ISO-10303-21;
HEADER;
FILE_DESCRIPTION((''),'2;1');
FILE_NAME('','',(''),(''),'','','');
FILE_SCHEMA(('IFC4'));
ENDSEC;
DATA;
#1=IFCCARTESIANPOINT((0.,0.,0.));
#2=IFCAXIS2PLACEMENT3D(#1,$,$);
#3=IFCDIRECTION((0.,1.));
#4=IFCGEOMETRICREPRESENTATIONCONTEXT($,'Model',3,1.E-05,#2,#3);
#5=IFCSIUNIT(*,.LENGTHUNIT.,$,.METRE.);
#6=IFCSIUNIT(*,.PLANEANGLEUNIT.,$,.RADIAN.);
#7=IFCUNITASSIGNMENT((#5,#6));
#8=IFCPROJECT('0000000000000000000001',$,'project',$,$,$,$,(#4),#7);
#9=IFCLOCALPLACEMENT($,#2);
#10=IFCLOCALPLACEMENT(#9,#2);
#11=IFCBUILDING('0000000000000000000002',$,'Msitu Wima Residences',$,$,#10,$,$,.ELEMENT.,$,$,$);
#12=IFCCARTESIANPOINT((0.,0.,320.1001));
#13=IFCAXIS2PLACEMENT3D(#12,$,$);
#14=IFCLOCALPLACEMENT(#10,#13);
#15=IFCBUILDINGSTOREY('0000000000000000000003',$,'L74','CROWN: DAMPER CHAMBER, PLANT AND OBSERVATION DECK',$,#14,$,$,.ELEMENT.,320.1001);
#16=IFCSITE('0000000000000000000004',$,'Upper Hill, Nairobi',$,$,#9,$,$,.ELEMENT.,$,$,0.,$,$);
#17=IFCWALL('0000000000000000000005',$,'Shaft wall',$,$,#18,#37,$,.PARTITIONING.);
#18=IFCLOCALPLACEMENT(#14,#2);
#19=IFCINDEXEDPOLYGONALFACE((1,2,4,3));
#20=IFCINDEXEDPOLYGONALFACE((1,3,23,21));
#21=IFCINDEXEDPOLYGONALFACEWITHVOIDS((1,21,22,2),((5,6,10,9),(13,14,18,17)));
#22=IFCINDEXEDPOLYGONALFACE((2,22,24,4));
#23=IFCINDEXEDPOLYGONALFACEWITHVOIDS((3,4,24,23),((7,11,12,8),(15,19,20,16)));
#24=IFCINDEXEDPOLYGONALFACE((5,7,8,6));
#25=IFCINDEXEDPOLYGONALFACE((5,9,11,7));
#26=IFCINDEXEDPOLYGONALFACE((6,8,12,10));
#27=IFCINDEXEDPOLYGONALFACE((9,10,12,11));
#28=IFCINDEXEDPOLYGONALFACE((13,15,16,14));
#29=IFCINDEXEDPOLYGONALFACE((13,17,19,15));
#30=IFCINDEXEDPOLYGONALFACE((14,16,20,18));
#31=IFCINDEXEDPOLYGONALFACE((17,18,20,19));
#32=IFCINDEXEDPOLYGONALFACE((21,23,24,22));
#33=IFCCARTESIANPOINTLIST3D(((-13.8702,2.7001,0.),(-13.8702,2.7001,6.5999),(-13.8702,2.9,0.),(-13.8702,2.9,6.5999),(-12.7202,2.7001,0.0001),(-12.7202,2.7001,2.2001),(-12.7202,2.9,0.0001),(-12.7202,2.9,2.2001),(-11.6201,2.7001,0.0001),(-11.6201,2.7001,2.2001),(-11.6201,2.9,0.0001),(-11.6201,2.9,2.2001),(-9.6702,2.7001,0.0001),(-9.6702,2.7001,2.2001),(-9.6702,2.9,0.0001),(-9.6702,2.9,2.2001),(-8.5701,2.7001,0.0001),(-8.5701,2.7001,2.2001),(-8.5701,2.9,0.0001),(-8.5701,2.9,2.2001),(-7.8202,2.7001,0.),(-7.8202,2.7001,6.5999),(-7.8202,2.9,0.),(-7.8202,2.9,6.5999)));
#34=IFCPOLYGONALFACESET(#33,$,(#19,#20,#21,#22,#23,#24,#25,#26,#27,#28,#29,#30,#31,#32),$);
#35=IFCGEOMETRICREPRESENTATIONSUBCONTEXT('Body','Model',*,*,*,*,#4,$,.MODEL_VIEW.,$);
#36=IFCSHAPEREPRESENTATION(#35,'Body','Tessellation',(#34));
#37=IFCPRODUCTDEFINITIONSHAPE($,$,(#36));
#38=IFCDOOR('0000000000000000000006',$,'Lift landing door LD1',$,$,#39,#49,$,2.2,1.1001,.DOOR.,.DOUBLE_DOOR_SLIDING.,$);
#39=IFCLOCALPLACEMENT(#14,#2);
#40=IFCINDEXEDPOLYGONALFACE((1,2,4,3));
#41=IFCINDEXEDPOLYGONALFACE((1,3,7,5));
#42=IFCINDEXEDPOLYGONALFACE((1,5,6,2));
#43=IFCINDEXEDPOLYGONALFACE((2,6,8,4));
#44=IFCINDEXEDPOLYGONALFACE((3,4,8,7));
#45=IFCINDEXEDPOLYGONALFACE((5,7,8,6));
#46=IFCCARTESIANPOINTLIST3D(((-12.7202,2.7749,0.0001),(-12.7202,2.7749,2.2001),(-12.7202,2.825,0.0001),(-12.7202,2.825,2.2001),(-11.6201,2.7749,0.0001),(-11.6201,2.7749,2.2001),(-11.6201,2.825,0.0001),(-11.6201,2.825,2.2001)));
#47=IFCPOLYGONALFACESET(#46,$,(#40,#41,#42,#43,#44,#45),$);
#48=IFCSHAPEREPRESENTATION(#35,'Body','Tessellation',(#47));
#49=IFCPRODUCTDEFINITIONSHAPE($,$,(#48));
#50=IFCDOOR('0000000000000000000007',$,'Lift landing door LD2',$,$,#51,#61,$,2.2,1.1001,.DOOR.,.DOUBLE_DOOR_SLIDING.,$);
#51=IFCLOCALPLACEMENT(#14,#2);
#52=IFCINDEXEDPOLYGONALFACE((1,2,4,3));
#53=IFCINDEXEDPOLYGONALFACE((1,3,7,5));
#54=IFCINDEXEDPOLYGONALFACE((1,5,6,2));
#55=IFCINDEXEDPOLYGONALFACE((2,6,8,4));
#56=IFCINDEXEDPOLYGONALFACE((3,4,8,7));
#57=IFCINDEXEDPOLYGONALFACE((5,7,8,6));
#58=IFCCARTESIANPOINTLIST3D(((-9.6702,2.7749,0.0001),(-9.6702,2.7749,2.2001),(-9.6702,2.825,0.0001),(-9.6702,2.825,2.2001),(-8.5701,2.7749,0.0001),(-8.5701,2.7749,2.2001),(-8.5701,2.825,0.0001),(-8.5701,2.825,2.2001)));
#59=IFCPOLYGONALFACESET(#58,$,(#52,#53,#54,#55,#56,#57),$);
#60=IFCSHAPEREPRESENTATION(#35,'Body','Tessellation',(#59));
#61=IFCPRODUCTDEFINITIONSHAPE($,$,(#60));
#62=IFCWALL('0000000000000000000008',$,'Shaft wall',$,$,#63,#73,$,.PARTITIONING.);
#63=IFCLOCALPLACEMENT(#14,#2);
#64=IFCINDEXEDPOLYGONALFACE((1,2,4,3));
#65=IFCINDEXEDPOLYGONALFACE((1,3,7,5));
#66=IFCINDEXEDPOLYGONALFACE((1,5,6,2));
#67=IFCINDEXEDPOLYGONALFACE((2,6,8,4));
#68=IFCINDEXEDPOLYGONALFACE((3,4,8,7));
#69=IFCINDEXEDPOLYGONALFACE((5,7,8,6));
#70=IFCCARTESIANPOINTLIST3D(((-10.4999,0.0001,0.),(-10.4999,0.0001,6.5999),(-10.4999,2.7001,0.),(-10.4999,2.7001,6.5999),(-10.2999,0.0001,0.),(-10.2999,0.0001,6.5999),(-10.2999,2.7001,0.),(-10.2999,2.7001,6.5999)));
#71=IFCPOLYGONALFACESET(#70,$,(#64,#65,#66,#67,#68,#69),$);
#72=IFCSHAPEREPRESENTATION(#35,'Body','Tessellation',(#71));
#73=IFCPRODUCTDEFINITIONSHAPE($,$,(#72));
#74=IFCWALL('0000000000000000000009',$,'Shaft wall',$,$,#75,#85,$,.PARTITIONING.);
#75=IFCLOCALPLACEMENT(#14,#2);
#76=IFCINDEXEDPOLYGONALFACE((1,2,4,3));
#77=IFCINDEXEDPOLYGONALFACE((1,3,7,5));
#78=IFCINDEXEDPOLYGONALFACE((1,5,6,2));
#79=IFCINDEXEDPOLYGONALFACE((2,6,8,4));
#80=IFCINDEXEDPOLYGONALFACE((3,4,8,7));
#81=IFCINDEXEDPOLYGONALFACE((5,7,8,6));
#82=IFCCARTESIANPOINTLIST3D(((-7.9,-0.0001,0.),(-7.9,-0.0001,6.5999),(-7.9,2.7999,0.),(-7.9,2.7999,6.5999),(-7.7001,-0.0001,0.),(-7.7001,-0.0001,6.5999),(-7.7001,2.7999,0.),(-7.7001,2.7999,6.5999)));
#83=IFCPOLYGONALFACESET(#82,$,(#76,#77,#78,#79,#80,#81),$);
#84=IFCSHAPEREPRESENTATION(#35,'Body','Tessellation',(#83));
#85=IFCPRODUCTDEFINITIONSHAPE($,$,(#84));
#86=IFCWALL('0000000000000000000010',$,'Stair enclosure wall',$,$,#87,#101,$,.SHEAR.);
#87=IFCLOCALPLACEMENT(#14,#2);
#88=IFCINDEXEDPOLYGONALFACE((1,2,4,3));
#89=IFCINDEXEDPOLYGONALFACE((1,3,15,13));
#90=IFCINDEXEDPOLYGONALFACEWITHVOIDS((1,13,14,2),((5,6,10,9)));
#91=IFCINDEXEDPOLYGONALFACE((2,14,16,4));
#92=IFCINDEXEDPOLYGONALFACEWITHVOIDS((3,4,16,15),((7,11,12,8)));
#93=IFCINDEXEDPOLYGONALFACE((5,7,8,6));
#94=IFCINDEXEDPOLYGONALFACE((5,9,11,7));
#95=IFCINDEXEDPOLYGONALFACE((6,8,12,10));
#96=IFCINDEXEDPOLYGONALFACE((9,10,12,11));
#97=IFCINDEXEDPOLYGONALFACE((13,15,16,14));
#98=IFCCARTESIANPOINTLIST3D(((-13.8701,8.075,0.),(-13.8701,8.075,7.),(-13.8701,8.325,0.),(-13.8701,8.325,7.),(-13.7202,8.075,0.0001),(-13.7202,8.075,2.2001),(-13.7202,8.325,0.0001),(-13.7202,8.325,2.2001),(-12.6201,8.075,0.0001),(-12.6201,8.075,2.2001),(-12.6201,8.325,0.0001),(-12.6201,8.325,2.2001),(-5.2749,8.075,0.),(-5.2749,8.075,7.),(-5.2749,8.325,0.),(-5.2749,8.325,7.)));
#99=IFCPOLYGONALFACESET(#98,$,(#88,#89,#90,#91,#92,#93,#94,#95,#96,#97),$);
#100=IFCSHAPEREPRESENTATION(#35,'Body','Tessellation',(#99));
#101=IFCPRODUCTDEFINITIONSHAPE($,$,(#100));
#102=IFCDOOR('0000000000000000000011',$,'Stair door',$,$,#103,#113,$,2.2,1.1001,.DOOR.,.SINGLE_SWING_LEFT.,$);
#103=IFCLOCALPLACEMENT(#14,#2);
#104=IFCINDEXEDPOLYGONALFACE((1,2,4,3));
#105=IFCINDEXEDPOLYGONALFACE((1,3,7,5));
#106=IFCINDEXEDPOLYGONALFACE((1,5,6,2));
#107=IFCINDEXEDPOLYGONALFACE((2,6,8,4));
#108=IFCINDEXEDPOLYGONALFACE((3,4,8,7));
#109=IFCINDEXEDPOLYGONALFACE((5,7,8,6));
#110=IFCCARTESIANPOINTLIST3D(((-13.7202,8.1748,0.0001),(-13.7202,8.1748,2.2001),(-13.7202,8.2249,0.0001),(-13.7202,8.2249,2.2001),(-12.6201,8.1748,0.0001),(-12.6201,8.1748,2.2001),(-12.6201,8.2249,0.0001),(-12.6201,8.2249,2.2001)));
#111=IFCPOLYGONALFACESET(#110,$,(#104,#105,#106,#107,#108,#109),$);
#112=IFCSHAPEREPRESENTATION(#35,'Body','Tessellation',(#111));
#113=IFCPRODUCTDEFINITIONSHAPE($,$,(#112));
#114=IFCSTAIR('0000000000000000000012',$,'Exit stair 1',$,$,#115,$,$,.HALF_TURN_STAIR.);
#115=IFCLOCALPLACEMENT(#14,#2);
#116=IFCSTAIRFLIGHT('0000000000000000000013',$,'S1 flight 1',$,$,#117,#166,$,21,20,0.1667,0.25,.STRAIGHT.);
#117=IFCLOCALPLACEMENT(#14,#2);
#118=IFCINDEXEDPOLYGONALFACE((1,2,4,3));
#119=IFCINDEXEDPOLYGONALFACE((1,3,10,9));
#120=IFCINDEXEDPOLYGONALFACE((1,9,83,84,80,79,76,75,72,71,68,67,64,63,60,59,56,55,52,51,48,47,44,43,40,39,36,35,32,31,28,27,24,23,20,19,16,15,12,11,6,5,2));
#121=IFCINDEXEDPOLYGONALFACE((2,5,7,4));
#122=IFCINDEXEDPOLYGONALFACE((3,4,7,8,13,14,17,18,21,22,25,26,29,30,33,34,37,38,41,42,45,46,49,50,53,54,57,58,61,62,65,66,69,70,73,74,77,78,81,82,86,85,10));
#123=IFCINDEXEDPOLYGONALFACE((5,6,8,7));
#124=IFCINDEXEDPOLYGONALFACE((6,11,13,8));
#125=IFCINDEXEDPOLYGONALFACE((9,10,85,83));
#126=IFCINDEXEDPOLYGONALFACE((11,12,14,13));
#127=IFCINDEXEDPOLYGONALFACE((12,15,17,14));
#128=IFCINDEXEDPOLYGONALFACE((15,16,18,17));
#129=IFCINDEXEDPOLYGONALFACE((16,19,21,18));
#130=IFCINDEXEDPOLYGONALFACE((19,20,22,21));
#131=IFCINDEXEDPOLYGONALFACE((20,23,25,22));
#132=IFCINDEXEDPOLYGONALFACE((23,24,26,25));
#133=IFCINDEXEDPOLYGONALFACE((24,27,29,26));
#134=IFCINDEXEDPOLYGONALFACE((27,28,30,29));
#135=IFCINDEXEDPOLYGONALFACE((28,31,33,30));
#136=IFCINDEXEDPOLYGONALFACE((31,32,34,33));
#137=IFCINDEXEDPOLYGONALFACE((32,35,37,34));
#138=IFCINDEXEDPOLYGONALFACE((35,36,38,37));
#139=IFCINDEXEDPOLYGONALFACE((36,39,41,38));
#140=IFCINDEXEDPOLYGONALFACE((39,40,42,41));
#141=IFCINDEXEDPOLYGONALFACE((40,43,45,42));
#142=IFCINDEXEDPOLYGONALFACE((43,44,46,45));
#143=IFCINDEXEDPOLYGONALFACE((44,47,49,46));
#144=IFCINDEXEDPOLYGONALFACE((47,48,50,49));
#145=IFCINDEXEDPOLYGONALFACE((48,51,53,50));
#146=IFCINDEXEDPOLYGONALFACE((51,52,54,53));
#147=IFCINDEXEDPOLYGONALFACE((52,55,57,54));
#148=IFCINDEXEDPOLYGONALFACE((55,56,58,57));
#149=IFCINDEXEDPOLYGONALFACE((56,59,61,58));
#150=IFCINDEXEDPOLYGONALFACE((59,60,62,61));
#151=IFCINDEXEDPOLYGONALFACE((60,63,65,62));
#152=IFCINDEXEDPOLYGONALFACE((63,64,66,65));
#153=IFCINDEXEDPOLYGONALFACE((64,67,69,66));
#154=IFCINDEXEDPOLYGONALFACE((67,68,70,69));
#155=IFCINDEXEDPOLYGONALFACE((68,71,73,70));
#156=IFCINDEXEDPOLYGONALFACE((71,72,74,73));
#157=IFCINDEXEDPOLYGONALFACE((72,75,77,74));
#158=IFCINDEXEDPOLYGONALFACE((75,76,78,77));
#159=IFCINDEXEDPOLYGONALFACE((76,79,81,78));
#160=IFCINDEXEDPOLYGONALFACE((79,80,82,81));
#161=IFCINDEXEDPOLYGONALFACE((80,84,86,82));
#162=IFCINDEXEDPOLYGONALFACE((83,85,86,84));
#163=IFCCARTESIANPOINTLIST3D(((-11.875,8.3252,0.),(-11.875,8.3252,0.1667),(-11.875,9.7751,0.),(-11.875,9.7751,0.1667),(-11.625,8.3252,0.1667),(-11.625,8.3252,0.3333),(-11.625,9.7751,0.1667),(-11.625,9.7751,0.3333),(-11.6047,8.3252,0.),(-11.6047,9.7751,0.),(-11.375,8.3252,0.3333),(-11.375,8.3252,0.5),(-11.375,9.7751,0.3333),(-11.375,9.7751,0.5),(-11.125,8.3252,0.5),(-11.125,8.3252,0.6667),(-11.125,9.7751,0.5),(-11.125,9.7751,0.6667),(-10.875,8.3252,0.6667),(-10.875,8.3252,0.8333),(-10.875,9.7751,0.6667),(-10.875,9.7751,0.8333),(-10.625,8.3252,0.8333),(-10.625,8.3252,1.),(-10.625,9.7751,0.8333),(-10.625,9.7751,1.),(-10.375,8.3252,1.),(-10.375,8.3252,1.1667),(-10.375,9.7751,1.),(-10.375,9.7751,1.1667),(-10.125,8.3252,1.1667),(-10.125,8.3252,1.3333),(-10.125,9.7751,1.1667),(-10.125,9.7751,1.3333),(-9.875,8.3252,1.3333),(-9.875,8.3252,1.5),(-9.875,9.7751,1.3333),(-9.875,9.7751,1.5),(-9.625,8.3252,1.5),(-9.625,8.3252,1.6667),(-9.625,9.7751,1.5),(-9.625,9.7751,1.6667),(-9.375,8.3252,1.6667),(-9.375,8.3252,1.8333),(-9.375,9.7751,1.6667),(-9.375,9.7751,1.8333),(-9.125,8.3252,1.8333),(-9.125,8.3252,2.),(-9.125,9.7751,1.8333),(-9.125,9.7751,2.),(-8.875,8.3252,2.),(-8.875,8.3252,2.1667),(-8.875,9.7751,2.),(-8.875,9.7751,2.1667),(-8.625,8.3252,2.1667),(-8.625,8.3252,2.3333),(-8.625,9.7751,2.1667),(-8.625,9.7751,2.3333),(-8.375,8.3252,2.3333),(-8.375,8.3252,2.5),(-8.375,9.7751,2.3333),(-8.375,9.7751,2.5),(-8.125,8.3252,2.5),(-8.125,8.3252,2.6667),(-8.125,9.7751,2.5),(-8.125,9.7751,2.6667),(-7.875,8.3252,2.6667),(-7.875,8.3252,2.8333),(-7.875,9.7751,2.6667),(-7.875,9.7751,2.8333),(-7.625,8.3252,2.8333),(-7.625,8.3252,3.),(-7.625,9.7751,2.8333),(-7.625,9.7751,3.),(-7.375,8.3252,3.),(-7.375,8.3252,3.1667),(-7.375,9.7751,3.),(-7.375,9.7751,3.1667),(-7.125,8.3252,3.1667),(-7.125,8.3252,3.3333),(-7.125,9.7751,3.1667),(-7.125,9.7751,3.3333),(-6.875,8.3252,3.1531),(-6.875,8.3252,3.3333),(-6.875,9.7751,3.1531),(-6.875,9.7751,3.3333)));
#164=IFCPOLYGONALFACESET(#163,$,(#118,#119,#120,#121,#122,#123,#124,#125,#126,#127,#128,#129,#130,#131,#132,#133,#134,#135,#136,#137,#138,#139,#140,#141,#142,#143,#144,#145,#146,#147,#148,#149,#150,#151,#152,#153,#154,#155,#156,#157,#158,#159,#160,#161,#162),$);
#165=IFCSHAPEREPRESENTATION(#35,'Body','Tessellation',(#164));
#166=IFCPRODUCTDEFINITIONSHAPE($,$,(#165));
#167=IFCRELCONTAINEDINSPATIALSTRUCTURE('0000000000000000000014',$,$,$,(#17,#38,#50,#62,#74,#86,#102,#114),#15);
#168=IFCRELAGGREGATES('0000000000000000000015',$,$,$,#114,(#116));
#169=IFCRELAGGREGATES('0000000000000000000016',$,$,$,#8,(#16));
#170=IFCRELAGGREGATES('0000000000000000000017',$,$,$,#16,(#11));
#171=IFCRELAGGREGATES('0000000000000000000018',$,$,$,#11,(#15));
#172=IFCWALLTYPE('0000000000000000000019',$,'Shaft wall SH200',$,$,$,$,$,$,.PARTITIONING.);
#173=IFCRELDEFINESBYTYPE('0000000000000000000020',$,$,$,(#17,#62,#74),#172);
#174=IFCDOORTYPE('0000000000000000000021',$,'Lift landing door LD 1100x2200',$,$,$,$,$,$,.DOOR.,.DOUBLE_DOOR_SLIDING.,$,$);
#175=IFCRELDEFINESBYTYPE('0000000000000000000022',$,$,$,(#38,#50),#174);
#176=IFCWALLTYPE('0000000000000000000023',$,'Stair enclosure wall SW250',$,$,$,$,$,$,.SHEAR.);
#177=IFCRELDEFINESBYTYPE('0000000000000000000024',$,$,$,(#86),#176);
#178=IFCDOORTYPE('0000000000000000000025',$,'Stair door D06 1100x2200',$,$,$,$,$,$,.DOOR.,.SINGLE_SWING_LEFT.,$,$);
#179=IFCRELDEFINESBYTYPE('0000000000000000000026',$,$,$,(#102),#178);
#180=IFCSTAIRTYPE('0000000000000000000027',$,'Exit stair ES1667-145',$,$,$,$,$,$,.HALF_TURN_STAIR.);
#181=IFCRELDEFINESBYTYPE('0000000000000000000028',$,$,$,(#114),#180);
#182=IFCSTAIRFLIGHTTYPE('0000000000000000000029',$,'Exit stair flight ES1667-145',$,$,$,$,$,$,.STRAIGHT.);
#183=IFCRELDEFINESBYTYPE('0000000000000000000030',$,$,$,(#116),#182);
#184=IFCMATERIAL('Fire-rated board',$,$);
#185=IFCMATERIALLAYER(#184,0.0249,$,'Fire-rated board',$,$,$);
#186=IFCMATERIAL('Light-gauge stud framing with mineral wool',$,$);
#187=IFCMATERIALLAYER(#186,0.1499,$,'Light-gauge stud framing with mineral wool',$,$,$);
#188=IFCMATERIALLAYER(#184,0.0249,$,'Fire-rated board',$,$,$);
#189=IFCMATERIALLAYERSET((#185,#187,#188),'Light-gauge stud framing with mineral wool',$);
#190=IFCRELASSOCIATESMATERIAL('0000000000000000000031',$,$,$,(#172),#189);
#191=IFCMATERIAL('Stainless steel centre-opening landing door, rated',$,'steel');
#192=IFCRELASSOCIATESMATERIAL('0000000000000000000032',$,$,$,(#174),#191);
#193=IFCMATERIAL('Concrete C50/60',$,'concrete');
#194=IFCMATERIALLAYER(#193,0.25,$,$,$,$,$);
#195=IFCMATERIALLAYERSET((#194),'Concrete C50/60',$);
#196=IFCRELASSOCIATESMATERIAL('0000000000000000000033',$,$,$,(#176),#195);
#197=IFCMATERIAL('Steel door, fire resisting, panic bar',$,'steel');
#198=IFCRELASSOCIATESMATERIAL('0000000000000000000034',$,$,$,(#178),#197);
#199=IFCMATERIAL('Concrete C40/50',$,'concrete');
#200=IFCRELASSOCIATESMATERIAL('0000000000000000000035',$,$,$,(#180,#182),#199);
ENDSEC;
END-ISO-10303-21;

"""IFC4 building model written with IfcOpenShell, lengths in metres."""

from ifc_helpers import new_model, si_unit, direction, frame, frame_2d, origin, place, context, subcontext, project, spatial, polyline, rectangle, outline, extrude, material, layer, layer_set, type_object, element, fill, aggregate, save


model = new_model("IFC4")

# Units and contexts
model_context = context("Model", 3, precision=1e-05, world=origin(), true_north=direction((0.0, 1.0)))
body_context = subcontext(model_context, "Body", "Model", "MODEL_VIEW")
ifc_project = project(units=[si_unit("LENGTHUNIT", "METRE"), si_unit("PLANEANGLEUNIT", "RADIAN")], contexts=[model_context])

# Site, building, storey
site_placement = place(None, origin())
site = spatial("IfcSite", under=ifc_project, at=site_placement, Name="Upper Hill, Nairobi", CompositionType="ELEMENT", RefElevation=0.0)
building_placement = place(site_placement, origin())
building = spatial("IfcBuilding", under=site, at=building_placement, Name="Msitu Wima Residences", CompositionType="ELEMENT")
storey_placement = place(building_placement, frame((0.0, 0.0, 320.1001)))
storey = spatial("IfcBuildingStorey", under=building, at=storey_placement, Name="L74", Description="CROWN: DAMPER CHAMBER, PLANT AND OBSERVATION DECK", CompositionType="ELEMENT", Elevation=320.1001)

# Shared definitions
ifc_material_1 = material(Name="Concrete C40/50", Category="concrete")

# Wall, openings, doors
ifc_material_2 = material(Name="Fire-rated board")
ifc_layer_1 = layer(ifc_material_2, 0.0249, Name="Fire-rated board")
ifc_material_3 = material(Name="Light-gauge stud framing with mineral wool")
ifc_layer_2 = layer(ifc_material_3, 0.1499, Name="Light-gauge stud framing with mineral wool")
ifc_layer_3 = layer(ifc_material_2, 0.0249, Name="Fire-rated board")
ifc_layer_set_1 = layer_set([ifc_layer_1, ifc_layer_2, ifc_layer_3], Name="Light-gauge stud framing with mineral wool")
wall_type_1 = type_object("IfcWallType", Name="Shaft wall SH200", PredefinedType="PARTITIONING", material=ifc_layer_set_1)
wall_1_placement = place(storey_placement, frame((-13.8701, 2.8, 0.0), z_axis=(0.0, 0.0, 1.0), x_axis=(1.0, 0.0, 0.0)))
wall_1 = element("IfcWall", 1, at=wall_1_placement, inside=storey, type_object=wall_type_1, Name="Shaft wall", PredefinedType="PARTITIONING", context=body_context, shape_type="SweptSolid", body=[
    extrude(rectangle(XDim=6.05, YDim=0.2, at=frame_2d((3.0249, 0.0))), origin(), (0.0, 0.0, 1.0), 6.5999),
])
opening_1_placement = place(wall_1_placement, frame((1.1499, 0.0, 0.0)))
opening_1 = element("IfcOpeningElement", 2, at=opening_1_placement, cuts=wall_1, PredefinedType="OPENING", context=body_context, shape_type="SweptSolid", body=[
    extrude(rectangle(XDim=1.1001, YDim=2.2, at=frame_2d((0.55, 1.1001))), frame((0.0, 0.1099, 0.0), z_axis=(0.0, -1.0, 0.0), x_axis=(1.0, 0.0, 0.0)), (0.0, 0.0, 1.0), 0.22),
])
opening_2_placement = place(wall_1_placement, frame((4.2, 0.0, 0.0)))
opening_2 = element("IfcOpeningElement", 3, at=opening_2_placement, cuts=wall_1, PredefinedType="OPENING", context=body_context, shape_type="SweptSolid", body=[
    extrude(rectangle(XDim=1.1001, YDim=2.2, at=frame_2d((0.55, 1.1001))), frame((0.0, 0.1099, 0.0), z_axis=(0.0, -1.0, 0.0), x_axis=(1.0, 0.0, 0.0)), (0.0, 0.0, 1.0), 0.22),
])
ifc_material_4 = material(Name="Stainless steel centre-opening landing door, rated", Category="steel")
door_type_1 = type_object("IfcDoorType", Name="Lift landing door LD 1100x2200", OperationType="DOUBLE_DOOR_SLIDING", PredefinedType="DOOR", material=ifc_material_4)
door_1_placement = place(opening_1_placement, origin())
door_1 = element("IfcDoor", 4, at=door_1_placement, inside=storey, type_object=door_type_1, Name="Lift landing door LD1", OperationType="DOUBLE_DOOR_SLIDING", OverallHeight=2.2, OverallWidth=1.1001, PredefinedType="DOOR", context=body_context, shape_type="SweptSolid", body=[
    extrude(rectangle(XDim=1.1001, YDim=2.2, at=frame_2d((0.55, 1.1001))), frame((0.0, 0.0249, 0.0), z_axis=(0.0, -1.0, 0.0), x_axis=(1.0, 0.0, 0.0)), (0.0, 0.0, 1.0), 0.05),
])
fill(opening_1, door_1)
door_2_placement = place(opening_2_placement, origin())
door_2 = element("IfcDoor", 5, at=door_2_placement, inside=storey, type_object=door_type_1, Name="Lift landing door LD2", OperationType="DOUBLE_DOOR_SLIDING", OverallHeight=2.2, OverallWidth=1.1001, PredefinedType="DOOR", context=body_context, shape_type="SweptSolid", body=[
    extrude(rectangle(XDim=1.1001, YDim=2.2, at=frame_2d((0.55, 1.1001))), frame((0.0, 0.0249, 0.0), z_axis=(0.0, -1.0, 0.0), x_axis=(1.0, 0.0, 0.0)), (0.0, 0.0, 1.0), 0.05),
])
fill(opening_2, door_2)

# Walls
wall_2_placement = place(storey_placement, frame((-10.3999, 0.0, 0.0), z_axis=(0.0, 0.0, 1.0), x_axis=(0.0, 1.0, 0.0)))
element("IfcWall", 6, at=wall_2_placement, inside=storey, type_object=wall_type_1, Name="Shaft wall", PredefinedType="PARTITIONING", context=body_context, shape_type="SweptSolid", body=[
    extrude(rectangle(XDim=2.7, YDim=0.2, at=frame_2d((1.3501, 0.0))), origin(), (0.0, 0.0, 1.0), 6.5999),
])
wall_3_placement = place(storey_placement, frame((-7.8, 0.0, 0.0), z_axis=(0.0, 0.0, 1.0), x_axis=(0.0, 1.0, 0.0)))
element("IfcWall", 7, at=wall_3_placement, inside=storey, type_object=wall_type_1, Name="Shaft wall", PredefinedType="PARTITIONING", context=body_context, shape_type="SweptSolid", body=[
    extrude(rectangle(XDim=2.8, YDim=0.2, at=frame_2d((1.3999, 0.0))), origin(), (0.0, 0.0, 1.0), 6.5999),
])

# Wall, opening, door
ifc_material_5 = material(Name="Concrete C50/60", Category="concrete")
ifc_layer_4 = layer(ifc_material_5, 0.25)
ifc_layer_set_2 = layer_set([ifc_layer_4], Name="Concrete C50/60")
wall_type_2 = type_object("IfcWallType", Name="Stair enclosure wall SW250", PredefinedType="SHEAR", material=ifc_layer_set_2)
wall_4_placement = place(storey_placement, frame((-13.8701, 8.2, 0.0), z_axis=(0.0, 0.0, 1.0), x_axis=(1.0, 0.0, 0.0)))
wall_4 = element("IfcWall", 8, at=wall_4_placement, inside=storey, type_object=wall_type_2, Name="Stair enclosure wall", PredefinedType="SHEAR", context=body_context, shape_type="SweptSolid", body=[
    extrude(rectangle(XDim=8.5952, YDim=0.25, at=frame_2d((4.2976, 0.0))), origin(), (0.0, 0.0, 1.0), 7.0),
])
opening_3_placement = place(wall_4_placement, frame((0.1499, 0.0, 0.0)))
opening_3 = element("IfcOpeningElement", 9, at=opening_3_placement, cuts=wall_4, PredefinedType="OPENING", context=body_context, shape_type="SweptSolid", body=[
    extrude(rectangle(XDim=1.1001, YDim=2.2, at=frame_2d((0.55, 1.1001))), frame((0.0, 0.135, 0.0), z_axis=(0.0, -1.0, 0.0), x_axis=(1.0, 0.0, 0.0)), (0.0, 0.0, 1.0), 0.27),
])
ifc_material_6 = material(Name="Steel door, fire resisting, panic bar", Category="steel")
door_type_2 = type_object("IfcDoorType", Name="Stair door D06 1100x2200", OperationType="SINGLE_SWING_LEFT", PredefinedType="DOOR", material=ifc_material_6)
door_3_placement = place(opening_3_placement, origin())
door_3 = element("IfcDoor", 10, at=door_3_placement, inside=storey, type_object=door_type_2, Name="Stair door", OperationType="SINGLE_SWING_LEFT", OverallHeight=2.2, OverallWidth=1.1001, PredefinedType="DOOR", context=body_context, shape_type="SweptSolid", body=[
    extrude(rectangle(XDim=1.1001, YDim=2.2, at=frame_2d((0.55, 1.1001))), frame((0.0, 0.0249, 0.0), z_axis=(0.0, -1.0, 0.0), x_axis=(1.0, 0.0, 0.0)), (0.0, 0.0, 1.0), 0.05),
])
fill(opening_3, door_3)

# Stair, stair flight
stair_type = type_object("IfcStairType", Name="Exit stair ES1667-145", PredefinedType="HALF_TURN_STAIR", material=ifc_material_1)
stair_placement = place(storey_placement, origin())
stair = element("IfcStair", 11, at=stair_placement, inside=storey, type_object=stair_type, Name="Exit stair 1", PredefinedType="HALF_TURN_STAIR")
stair_flight_type = type_object("IfcStairFlightType", Name="Exit stair flight ES1667-145", PredefinedType="STRAIGHT", material=ifc_material_1)
stair_flight_placement = place(storey_placement, frame((-11.875, 9.05, 0.0), z_axis=(0.0, 0.0, 1.0), x_axis=(1.0, 0.0, 0.0)))
stair_flight = element("IfcStairFlight", 12, at=stair_flight_placement, type_object=stair_flight_type, Name="S1 flight 1", NumberOfRisers=21, NumberOfTreads=20, PredefinedType="STRAIGHT", RiserHeight=0.1667, TreadLength=0.25, context=body_context, shape_type="SweptSolid", body=[
    extrude(outline(polyline([(0.0, 0.0), (0.0, 0.1667), (0.25, 0.1667), (0.25, 0.3333), (0.5, 0.3333), (0.5, 0.5), (0.75, 0.5), (0.75, 0.6667), (1.0, 0.6667), (1.0, 0.8333), (1.25, 0.8333), (1.25, 1.0), (1.5, 1.0), (1.5, 1.1667), (1.75, 1.1667), (1.75, 1.3333), (2.0, 1.3333), (2.0, 1.5), (2.25, 1.5), (2.25, 1.6667), (2.5, 1.6667), (2.5, 1.8333), (2.75, 1.8333), (2.75, 2.0), (3.0, 2.0), (3.0, 2.1667), (3.25, 2.1667), (3.25, 2.3333), (3.5, 2.3333), (3.5, 2.5), (3.75, 2.5), (3.75, 2.6667), (4.0, 2.6667), (4.0, 2.8333), (4.25, 2.8333), (4.25, 3.0), (4.5, 3.0), (4.5, 3.1667), (4.75, 3.1667), (4.75, 3.3333), (5.0, 3.3333), (5.0, 3.5), (5.0, 3.1531), (0.2703, 0.0), (0.0, 0.0)])), frame((0.0, 0.7251, 0.0), z_axis=(0.0, -1.0, 0.0), x_axis=(1.0, 0.0, 0.0)), (0.0, 0.0, 1.0), 1.45),
])
aggregate(stair, [stair_flight])

save(model, "model.ifc")
